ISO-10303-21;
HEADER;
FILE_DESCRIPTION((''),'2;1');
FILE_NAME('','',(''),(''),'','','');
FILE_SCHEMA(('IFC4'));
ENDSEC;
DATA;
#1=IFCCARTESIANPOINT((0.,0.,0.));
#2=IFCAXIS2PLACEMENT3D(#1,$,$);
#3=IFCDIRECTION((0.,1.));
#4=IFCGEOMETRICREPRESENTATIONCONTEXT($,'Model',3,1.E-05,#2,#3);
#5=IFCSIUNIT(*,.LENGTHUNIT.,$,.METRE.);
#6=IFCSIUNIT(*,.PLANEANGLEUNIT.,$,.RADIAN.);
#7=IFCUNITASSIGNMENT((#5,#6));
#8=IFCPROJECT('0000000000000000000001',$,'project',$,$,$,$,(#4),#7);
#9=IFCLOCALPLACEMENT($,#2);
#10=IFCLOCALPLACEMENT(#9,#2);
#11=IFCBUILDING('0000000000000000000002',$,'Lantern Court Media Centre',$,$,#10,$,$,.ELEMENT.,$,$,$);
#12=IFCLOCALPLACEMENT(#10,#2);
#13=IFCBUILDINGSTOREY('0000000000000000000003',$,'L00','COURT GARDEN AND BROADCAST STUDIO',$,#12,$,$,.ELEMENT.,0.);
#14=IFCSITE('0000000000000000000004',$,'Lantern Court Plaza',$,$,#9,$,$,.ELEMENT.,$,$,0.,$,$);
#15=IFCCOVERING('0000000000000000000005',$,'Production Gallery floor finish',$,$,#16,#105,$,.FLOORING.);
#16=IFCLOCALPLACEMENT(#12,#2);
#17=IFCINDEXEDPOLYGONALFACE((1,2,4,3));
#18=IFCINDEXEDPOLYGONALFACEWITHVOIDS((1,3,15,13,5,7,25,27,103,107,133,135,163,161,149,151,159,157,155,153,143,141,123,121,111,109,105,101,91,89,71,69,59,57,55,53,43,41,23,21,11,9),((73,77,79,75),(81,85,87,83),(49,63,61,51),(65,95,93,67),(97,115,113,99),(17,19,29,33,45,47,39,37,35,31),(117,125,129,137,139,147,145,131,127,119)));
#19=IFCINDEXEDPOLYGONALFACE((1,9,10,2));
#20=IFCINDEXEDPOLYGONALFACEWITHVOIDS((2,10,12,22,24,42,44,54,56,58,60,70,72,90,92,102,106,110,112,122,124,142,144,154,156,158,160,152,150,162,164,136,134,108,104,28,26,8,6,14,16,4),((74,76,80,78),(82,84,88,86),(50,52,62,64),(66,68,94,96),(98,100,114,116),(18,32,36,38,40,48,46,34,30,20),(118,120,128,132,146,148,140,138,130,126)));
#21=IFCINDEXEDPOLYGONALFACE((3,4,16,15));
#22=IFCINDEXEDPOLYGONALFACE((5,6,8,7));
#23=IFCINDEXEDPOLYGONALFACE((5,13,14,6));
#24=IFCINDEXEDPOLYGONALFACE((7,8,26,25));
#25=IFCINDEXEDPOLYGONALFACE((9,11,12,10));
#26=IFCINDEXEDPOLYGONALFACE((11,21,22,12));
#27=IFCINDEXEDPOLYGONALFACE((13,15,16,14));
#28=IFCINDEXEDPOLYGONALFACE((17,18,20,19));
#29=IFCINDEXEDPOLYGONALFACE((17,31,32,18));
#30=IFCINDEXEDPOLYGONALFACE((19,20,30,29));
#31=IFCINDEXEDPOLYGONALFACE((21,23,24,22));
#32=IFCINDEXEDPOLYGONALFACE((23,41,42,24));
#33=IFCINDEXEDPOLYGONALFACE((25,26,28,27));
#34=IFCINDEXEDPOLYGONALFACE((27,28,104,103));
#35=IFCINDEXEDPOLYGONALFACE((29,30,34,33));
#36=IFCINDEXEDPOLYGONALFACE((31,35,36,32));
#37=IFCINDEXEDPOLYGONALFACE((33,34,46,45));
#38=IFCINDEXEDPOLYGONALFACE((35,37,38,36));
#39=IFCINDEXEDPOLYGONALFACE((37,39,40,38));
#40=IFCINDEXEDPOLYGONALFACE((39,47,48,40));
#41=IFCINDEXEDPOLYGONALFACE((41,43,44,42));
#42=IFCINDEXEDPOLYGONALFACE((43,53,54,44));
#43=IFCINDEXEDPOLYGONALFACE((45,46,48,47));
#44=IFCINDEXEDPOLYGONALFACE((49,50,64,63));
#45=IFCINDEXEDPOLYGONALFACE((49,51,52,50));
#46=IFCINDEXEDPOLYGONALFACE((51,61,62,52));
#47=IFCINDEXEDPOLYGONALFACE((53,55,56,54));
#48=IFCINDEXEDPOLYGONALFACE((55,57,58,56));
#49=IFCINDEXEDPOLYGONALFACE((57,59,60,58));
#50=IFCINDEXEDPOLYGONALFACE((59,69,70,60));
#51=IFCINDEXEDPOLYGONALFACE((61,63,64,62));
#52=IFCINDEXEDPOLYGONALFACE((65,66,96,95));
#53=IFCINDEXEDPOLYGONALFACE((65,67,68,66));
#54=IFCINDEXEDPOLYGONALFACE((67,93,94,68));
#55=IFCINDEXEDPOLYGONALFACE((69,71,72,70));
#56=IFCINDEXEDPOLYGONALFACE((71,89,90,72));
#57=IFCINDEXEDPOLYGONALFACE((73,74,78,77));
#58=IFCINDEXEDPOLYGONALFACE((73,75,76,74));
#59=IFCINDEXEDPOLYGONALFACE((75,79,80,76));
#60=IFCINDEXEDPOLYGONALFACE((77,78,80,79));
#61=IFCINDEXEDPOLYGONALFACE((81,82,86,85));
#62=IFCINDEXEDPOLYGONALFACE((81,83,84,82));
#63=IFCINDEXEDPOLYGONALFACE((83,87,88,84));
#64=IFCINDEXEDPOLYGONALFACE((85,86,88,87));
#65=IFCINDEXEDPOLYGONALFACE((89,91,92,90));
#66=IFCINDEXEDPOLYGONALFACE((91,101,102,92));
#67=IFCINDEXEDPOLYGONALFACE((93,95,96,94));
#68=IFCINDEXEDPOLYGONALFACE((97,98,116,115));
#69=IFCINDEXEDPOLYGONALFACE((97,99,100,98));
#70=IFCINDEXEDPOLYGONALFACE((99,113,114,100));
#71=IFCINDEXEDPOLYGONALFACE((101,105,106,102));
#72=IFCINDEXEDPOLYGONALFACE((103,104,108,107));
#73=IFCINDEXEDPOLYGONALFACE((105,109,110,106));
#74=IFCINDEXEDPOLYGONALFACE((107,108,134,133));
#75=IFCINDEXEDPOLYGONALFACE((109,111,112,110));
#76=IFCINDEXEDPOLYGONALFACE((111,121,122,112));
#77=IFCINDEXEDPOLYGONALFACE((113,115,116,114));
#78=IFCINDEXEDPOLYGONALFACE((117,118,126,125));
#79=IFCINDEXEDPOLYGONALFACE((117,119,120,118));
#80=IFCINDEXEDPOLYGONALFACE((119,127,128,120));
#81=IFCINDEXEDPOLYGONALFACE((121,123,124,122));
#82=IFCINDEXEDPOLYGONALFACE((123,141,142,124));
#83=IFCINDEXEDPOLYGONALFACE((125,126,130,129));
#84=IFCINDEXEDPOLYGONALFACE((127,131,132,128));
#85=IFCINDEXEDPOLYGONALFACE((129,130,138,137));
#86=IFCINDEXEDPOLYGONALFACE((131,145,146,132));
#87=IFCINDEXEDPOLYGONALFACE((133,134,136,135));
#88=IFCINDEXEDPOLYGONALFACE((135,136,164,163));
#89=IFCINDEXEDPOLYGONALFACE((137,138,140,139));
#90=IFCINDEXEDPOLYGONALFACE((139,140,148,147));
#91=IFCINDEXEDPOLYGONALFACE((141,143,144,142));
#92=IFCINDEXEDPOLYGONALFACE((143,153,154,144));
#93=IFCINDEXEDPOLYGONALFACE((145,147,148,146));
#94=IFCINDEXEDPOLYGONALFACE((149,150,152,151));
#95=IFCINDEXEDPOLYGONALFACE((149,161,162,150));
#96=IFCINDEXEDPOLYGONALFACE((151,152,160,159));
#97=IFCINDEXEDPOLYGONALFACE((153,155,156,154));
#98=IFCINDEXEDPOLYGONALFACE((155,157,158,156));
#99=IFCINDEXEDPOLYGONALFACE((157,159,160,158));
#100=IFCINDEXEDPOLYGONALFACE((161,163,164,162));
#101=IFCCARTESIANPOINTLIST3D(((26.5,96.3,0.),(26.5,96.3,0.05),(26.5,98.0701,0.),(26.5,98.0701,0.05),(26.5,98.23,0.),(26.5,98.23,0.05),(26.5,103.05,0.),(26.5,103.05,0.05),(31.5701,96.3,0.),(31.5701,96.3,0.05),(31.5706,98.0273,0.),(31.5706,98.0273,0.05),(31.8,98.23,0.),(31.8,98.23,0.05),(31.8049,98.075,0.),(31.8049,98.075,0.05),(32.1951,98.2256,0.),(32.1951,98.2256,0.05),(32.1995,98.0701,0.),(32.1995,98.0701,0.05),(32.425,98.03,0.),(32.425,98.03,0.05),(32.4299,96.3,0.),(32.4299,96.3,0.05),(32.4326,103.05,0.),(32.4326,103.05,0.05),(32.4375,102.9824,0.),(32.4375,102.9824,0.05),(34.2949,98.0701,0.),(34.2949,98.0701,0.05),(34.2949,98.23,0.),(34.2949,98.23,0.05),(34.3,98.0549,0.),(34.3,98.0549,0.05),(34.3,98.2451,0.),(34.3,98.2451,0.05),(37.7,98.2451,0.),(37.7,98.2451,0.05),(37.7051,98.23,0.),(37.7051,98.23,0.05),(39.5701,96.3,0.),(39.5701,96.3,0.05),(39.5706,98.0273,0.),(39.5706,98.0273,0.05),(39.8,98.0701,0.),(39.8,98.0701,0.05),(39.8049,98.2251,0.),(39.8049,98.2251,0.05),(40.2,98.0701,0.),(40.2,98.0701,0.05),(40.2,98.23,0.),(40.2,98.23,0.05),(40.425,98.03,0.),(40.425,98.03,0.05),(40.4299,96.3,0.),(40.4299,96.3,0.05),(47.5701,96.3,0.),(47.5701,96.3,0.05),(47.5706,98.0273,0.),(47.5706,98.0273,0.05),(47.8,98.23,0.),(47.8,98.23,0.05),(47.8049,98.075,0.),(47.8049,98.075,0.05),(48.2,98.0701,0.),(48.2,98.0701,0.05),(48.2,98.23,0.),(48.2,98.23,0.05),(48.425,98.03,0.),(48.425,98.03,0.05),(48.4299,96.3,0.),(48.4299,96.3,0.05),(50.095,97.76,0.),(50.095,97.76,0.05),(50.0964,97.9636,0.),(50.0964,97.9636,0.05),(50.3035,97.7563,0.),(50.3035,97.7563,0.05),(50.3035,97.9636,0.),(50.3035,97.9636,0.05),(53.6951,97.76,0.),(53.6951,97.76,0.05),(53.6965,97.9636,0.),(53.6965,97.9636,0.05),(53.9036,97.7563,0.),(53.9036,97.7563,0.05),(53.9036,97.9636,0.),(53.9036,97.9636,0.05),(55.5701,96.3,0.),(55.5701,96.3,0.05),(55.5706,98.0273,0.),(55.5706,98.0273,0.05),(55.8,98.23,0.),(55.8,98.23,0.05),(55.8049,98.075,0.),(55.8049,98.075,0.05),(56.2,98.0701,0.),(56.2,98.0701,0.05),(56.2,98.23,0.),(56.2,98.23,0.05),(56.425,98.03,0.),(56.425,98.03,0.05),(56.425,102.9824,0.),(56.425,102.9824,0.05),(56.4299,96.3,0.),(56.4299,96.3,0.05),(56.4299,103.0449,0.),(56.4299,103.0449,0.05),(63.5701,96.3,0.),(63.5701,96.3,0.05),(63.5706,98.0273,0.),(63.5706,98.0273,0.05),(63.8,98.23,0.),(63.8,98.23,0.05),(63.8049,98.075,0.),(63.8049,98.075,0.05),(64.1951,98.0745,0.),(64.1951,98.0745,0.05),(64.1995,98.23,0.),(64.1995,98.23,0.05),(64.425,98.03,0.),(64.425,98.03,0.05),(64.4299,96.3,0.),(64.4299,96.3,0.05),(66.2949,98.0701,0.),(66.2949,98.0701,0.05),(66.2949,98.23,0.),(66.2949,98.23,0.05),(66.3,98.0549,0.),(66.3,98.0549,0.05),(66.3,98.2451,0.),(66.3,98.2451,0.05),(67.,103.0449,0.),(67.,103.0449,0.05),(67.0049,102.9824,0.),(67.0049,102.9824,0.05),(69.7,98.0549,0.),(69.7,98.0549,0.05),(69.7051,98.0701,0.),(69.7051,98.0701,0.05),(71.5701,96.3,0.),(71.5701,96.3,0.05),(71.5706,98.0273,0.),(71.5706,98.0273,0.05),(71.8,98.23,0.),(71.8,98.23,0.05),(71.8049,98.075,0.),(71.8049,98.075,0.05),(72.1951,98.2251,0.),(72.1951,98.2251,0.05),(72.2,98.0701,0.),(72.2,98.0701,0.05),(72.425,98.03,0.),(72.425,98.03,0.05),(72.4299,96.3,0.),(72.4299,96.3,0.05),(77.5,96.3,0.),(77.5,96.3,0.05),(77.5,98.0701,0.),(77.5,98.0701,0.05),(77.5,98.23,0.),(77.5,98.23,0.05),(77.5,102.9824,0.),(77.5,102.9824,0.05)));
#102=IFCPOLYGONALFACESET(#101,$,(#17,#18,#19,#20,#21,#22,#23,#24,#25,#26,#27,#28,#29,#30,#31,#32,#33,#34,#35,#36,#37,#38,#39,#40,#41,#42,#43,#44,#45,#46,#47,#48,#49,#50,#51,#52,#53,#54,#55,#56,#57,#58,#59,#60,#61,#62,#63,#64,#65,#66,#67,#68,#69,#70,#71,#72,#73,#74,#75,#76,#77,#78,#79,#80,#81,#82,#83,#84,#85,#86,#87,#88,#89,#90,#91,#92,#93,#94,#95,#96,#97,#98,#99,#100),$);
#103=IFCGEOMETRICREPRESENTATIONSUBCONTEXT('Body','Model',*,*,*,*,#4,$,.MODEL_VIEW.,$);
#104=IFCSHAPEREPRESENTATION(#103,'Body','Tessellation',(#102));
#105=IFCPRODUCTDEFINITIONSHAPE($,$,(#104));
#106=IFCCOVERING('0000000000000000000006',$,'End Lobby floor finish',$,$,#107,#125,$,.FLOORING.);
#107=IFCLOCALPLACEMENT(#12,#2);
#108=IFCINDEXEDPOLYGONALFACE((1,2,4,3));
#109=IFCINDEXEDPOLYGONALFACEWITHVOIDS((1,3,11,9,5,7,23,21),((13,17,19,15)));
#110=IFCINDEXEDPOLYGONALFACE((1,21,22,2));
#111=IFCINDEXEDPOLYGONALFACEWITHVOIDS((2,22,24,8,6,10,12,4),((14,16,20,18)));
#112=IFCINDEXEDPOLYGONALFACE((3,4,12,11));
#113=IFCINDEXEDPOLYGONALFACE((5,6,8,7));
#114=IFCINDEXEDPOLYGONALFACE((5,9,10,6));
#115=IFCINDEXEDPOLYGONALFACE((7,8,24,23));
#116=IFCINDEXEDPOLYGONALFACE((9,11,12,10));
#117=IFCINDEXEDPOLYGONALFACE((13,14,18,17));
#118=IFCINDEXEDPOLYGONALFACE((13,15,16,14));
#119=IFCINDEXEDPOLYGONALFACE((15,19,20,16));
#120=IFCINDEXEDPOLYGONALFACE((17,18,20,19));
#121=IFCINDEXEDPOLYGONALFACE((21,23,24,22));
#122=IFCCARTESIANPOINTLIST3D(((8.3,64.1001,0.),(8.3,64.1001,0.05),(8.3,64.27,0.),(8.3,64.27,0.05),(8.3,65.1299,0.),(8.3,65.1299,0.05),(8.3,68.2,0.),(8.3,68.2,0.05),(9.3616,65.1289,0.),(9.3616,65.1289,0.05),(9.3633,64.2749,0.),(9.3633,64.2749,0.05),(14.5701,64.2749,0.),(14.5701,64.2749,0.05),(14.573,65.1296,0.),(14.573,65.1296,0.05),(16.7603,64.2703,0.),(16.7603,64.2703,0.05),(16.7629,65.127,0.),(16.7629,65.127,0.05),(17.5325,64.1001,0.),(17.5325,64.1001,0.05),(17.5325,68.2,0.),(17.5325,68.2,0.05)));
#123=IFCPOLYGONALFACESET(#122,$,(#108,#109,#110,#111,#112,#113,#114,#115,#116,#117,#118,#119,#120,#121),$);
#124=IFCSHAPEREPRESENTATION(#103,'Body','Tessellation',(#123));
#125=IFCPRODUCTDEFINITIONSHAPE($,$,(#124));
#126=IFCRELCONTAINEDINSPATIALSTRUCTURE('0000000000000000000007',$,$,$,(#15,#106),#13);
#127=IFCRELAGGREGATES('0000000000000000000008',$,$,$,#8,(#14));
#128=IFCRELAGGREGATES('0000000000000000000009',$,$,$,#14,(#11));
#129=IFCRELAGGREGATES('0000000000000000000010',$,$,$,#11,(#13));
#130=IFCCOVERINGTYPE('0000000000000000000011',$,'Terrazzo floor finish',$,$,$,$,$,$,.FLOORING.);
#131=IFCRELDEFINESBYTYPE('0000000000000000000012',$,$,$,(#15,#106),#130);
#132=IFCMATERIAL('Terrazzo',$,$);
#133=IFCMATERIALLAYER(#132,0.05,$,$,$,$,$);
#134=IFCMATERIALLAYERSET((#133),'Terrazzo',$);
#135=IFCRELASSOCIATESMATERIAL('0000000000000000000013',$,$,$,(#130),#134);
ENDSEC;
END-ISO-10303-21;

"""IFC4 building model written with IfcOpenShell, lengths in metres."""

from ifc_helpers import new_model, si_unit, direction, origin, place, context, subcontext, project, spatial, polyline, outline, extrude, material, layer, layer_set, type_object, element, save


model = new_model("IFC4")

# Units and contexts
model_context = context("Model", 3, precision=1e-05, world=origin(), true_north=direction((0.0, 1.0)))
body_context = subcontext(model_context, "Body", "Model", "MODEL_VIEW")
ifc_project = project(units=[si_unit("LENGTHUNIT", "METRE"), si_unit("PLANEANGLEUNIT", "RADIAN")], contexts=[model_context])

# Site, building, storey
site_placement = place(None, origin())
site = spatial("IfcSite", under=ifc_project, at=site_placement, Name="Lantern Court Plaza", CompositionType="ELEMENT", RefElevation=0.0)
building_placement = place(site_placement, origin())
building = spatial("IfcBuilding", under=site, at=building_placement, Name="Lantern Court Media Centre", CompositionType="ELEMENT")
storey_placement = place(building_placement, origin())
storey = spatial("IfcBuildingStorey", under=building, at=storey_placement, Name="L00", Description="COURT GARDEN AND BROADCAST STUDIO", CompositionType="ELEMENT", Elevation=0.0)

# Coverings
ifc_material_1 = material(Name="Terrazzo")
ifc_layer_1 = layer(ifc_material_1, 0.05)
ifc_layer_set_1 = layer_set([ifc_layer_1], Name="Terrazzo")
covering_type_1 = type_object("IfcCoveringType", Name="Terrazzo floor finish", PredefinedType="FLOORING", material=ifc_layer_set_1)
covering_1_placement = place(storey_placement, origin())
element("IfcCovering", 1, at=covering_1_placement, inside=storey, type_object=covering_type_1, Name="Production Gallery floor finish", PredefinedType="FLOORING", context=body_context, shape_type="SweptSolid", body=[
    extrude(outline(polyline([(77.5, 96.3), (72.4299, 96.3), (72.425, 98.03), (71.5706, 98.0273), (71.5701, 96.3), (64.4299, 96.3), (64.425, 98.03), (63.5706, 98.0273), (63.5701, 96.3), (56.4299, 96.3), (56.425, 98.03), (55.5706, 98.0273), (55.5701, 96.3), (48.4299, 96.3), (48.425, 98.03), (47.5706, 98.0273), (47.5701, 96.3), (40.4299, 96.3), (40.425, 98.03), (39.5706, 98.0273), (39.5701, 96.3), (32.4299, 96.3), (32.425, 98.03), (31.5706, 98.0273), (31.5701, 96.3), (26.5, 96.3), (26.5, 98.0701), (31.8049, 98.075), (31.8, 98.23), (26.5, 98.23), (26.5, 103.05), (32.4326, 103.05), (32.4375, 102.9824), (56.425, 102.9824), (56.4299, 103.0449), (67.0, 103.0449), (67.0049, 102.9824), (77.5, 102.9824), (77.5, 98.23), (72.1951, 98.2251), (72.2, 98.0701), (77.5, 98.0701), (77.5, 96.3)]), holes=[polyline([(66.3, 98.2451), (66.2949, 98.23), (64.1995, 98.23), (64.1951, 98.0745), (66.2949, 98.0701), (66.3, 98.0549), (69.7, 98.0549), (69.7051, 98.0701), (71.8049, 98.075), (71.8, 98.23), (66.3, 98.2451)]), polyline([(56.2, 98.23), (56.2, 98.0701), (63.8049, 98.075), (63.8, 98.23), (56.2, 98.23)]), polyline([(48.2, 98.23), (48.2, 98.0701), (55.8049, 98.075), (55.8, 98.23), (48.2, 98.23)]), polyline([(53.6951, 97.76), (53.9036, 97.7563), (53.9036, 97.9636), (53.6965, 97.9636), (53.6951, 97.76)]), polyline([(50.095, 97.76), (50.3035, 97.7563), (50.3035, 97.9636), (50.0964, 97.9636), (50.095, 97.76)]), polyline([(40.2, 98.23), (40.2, 98.0701), (47.8049, 98.075), (47.8, 98.23), (40.2, 98.23)]), polyline([(34.2949, 98.0701), (34.3, 98.0549), (39.8, 98.0701), (39.8049, 98.2251), (37.7051, 98.23), (37.7, 98.2451), (34.3, 98.2451), (34.2949, 98.23), (32.1951, 98.2256), (32.1995, 98.0701), (34.2949, 98.0701)])]), origin(), (0.0, 0.0, 1.0), 0.05),
])
covering_2_placement = place(storey_placement, origin())
element("IfcCovering", 2, at=covering_2_placement, inside=storey, type_object=covering_type_1, Name="End Lobby floor finish", PredefinedType="FLOORING", context=body_context, shape_type="SweptSolid", body=[
    extrude(outline(polyline([(8.3, 68.2), (17.5325, 68.2), (17.5325, 64.1001), (8.3, 64.1001), (8.3, 64.27), (9.3633, 64.2749), (9.3616, 65.1289), (8.3, 65.1299), (8.3, 68.2)]), holes=[polyline([(14.5701, 64.2749), (16.7603, 64.2703), (16.7629, 65.127), (14.573, 65.1296), (14.5701, 64.2749)])]), origin(), (0.0, 0.0, 1.0), 0.05),
])

save(model, "model.ifc")
